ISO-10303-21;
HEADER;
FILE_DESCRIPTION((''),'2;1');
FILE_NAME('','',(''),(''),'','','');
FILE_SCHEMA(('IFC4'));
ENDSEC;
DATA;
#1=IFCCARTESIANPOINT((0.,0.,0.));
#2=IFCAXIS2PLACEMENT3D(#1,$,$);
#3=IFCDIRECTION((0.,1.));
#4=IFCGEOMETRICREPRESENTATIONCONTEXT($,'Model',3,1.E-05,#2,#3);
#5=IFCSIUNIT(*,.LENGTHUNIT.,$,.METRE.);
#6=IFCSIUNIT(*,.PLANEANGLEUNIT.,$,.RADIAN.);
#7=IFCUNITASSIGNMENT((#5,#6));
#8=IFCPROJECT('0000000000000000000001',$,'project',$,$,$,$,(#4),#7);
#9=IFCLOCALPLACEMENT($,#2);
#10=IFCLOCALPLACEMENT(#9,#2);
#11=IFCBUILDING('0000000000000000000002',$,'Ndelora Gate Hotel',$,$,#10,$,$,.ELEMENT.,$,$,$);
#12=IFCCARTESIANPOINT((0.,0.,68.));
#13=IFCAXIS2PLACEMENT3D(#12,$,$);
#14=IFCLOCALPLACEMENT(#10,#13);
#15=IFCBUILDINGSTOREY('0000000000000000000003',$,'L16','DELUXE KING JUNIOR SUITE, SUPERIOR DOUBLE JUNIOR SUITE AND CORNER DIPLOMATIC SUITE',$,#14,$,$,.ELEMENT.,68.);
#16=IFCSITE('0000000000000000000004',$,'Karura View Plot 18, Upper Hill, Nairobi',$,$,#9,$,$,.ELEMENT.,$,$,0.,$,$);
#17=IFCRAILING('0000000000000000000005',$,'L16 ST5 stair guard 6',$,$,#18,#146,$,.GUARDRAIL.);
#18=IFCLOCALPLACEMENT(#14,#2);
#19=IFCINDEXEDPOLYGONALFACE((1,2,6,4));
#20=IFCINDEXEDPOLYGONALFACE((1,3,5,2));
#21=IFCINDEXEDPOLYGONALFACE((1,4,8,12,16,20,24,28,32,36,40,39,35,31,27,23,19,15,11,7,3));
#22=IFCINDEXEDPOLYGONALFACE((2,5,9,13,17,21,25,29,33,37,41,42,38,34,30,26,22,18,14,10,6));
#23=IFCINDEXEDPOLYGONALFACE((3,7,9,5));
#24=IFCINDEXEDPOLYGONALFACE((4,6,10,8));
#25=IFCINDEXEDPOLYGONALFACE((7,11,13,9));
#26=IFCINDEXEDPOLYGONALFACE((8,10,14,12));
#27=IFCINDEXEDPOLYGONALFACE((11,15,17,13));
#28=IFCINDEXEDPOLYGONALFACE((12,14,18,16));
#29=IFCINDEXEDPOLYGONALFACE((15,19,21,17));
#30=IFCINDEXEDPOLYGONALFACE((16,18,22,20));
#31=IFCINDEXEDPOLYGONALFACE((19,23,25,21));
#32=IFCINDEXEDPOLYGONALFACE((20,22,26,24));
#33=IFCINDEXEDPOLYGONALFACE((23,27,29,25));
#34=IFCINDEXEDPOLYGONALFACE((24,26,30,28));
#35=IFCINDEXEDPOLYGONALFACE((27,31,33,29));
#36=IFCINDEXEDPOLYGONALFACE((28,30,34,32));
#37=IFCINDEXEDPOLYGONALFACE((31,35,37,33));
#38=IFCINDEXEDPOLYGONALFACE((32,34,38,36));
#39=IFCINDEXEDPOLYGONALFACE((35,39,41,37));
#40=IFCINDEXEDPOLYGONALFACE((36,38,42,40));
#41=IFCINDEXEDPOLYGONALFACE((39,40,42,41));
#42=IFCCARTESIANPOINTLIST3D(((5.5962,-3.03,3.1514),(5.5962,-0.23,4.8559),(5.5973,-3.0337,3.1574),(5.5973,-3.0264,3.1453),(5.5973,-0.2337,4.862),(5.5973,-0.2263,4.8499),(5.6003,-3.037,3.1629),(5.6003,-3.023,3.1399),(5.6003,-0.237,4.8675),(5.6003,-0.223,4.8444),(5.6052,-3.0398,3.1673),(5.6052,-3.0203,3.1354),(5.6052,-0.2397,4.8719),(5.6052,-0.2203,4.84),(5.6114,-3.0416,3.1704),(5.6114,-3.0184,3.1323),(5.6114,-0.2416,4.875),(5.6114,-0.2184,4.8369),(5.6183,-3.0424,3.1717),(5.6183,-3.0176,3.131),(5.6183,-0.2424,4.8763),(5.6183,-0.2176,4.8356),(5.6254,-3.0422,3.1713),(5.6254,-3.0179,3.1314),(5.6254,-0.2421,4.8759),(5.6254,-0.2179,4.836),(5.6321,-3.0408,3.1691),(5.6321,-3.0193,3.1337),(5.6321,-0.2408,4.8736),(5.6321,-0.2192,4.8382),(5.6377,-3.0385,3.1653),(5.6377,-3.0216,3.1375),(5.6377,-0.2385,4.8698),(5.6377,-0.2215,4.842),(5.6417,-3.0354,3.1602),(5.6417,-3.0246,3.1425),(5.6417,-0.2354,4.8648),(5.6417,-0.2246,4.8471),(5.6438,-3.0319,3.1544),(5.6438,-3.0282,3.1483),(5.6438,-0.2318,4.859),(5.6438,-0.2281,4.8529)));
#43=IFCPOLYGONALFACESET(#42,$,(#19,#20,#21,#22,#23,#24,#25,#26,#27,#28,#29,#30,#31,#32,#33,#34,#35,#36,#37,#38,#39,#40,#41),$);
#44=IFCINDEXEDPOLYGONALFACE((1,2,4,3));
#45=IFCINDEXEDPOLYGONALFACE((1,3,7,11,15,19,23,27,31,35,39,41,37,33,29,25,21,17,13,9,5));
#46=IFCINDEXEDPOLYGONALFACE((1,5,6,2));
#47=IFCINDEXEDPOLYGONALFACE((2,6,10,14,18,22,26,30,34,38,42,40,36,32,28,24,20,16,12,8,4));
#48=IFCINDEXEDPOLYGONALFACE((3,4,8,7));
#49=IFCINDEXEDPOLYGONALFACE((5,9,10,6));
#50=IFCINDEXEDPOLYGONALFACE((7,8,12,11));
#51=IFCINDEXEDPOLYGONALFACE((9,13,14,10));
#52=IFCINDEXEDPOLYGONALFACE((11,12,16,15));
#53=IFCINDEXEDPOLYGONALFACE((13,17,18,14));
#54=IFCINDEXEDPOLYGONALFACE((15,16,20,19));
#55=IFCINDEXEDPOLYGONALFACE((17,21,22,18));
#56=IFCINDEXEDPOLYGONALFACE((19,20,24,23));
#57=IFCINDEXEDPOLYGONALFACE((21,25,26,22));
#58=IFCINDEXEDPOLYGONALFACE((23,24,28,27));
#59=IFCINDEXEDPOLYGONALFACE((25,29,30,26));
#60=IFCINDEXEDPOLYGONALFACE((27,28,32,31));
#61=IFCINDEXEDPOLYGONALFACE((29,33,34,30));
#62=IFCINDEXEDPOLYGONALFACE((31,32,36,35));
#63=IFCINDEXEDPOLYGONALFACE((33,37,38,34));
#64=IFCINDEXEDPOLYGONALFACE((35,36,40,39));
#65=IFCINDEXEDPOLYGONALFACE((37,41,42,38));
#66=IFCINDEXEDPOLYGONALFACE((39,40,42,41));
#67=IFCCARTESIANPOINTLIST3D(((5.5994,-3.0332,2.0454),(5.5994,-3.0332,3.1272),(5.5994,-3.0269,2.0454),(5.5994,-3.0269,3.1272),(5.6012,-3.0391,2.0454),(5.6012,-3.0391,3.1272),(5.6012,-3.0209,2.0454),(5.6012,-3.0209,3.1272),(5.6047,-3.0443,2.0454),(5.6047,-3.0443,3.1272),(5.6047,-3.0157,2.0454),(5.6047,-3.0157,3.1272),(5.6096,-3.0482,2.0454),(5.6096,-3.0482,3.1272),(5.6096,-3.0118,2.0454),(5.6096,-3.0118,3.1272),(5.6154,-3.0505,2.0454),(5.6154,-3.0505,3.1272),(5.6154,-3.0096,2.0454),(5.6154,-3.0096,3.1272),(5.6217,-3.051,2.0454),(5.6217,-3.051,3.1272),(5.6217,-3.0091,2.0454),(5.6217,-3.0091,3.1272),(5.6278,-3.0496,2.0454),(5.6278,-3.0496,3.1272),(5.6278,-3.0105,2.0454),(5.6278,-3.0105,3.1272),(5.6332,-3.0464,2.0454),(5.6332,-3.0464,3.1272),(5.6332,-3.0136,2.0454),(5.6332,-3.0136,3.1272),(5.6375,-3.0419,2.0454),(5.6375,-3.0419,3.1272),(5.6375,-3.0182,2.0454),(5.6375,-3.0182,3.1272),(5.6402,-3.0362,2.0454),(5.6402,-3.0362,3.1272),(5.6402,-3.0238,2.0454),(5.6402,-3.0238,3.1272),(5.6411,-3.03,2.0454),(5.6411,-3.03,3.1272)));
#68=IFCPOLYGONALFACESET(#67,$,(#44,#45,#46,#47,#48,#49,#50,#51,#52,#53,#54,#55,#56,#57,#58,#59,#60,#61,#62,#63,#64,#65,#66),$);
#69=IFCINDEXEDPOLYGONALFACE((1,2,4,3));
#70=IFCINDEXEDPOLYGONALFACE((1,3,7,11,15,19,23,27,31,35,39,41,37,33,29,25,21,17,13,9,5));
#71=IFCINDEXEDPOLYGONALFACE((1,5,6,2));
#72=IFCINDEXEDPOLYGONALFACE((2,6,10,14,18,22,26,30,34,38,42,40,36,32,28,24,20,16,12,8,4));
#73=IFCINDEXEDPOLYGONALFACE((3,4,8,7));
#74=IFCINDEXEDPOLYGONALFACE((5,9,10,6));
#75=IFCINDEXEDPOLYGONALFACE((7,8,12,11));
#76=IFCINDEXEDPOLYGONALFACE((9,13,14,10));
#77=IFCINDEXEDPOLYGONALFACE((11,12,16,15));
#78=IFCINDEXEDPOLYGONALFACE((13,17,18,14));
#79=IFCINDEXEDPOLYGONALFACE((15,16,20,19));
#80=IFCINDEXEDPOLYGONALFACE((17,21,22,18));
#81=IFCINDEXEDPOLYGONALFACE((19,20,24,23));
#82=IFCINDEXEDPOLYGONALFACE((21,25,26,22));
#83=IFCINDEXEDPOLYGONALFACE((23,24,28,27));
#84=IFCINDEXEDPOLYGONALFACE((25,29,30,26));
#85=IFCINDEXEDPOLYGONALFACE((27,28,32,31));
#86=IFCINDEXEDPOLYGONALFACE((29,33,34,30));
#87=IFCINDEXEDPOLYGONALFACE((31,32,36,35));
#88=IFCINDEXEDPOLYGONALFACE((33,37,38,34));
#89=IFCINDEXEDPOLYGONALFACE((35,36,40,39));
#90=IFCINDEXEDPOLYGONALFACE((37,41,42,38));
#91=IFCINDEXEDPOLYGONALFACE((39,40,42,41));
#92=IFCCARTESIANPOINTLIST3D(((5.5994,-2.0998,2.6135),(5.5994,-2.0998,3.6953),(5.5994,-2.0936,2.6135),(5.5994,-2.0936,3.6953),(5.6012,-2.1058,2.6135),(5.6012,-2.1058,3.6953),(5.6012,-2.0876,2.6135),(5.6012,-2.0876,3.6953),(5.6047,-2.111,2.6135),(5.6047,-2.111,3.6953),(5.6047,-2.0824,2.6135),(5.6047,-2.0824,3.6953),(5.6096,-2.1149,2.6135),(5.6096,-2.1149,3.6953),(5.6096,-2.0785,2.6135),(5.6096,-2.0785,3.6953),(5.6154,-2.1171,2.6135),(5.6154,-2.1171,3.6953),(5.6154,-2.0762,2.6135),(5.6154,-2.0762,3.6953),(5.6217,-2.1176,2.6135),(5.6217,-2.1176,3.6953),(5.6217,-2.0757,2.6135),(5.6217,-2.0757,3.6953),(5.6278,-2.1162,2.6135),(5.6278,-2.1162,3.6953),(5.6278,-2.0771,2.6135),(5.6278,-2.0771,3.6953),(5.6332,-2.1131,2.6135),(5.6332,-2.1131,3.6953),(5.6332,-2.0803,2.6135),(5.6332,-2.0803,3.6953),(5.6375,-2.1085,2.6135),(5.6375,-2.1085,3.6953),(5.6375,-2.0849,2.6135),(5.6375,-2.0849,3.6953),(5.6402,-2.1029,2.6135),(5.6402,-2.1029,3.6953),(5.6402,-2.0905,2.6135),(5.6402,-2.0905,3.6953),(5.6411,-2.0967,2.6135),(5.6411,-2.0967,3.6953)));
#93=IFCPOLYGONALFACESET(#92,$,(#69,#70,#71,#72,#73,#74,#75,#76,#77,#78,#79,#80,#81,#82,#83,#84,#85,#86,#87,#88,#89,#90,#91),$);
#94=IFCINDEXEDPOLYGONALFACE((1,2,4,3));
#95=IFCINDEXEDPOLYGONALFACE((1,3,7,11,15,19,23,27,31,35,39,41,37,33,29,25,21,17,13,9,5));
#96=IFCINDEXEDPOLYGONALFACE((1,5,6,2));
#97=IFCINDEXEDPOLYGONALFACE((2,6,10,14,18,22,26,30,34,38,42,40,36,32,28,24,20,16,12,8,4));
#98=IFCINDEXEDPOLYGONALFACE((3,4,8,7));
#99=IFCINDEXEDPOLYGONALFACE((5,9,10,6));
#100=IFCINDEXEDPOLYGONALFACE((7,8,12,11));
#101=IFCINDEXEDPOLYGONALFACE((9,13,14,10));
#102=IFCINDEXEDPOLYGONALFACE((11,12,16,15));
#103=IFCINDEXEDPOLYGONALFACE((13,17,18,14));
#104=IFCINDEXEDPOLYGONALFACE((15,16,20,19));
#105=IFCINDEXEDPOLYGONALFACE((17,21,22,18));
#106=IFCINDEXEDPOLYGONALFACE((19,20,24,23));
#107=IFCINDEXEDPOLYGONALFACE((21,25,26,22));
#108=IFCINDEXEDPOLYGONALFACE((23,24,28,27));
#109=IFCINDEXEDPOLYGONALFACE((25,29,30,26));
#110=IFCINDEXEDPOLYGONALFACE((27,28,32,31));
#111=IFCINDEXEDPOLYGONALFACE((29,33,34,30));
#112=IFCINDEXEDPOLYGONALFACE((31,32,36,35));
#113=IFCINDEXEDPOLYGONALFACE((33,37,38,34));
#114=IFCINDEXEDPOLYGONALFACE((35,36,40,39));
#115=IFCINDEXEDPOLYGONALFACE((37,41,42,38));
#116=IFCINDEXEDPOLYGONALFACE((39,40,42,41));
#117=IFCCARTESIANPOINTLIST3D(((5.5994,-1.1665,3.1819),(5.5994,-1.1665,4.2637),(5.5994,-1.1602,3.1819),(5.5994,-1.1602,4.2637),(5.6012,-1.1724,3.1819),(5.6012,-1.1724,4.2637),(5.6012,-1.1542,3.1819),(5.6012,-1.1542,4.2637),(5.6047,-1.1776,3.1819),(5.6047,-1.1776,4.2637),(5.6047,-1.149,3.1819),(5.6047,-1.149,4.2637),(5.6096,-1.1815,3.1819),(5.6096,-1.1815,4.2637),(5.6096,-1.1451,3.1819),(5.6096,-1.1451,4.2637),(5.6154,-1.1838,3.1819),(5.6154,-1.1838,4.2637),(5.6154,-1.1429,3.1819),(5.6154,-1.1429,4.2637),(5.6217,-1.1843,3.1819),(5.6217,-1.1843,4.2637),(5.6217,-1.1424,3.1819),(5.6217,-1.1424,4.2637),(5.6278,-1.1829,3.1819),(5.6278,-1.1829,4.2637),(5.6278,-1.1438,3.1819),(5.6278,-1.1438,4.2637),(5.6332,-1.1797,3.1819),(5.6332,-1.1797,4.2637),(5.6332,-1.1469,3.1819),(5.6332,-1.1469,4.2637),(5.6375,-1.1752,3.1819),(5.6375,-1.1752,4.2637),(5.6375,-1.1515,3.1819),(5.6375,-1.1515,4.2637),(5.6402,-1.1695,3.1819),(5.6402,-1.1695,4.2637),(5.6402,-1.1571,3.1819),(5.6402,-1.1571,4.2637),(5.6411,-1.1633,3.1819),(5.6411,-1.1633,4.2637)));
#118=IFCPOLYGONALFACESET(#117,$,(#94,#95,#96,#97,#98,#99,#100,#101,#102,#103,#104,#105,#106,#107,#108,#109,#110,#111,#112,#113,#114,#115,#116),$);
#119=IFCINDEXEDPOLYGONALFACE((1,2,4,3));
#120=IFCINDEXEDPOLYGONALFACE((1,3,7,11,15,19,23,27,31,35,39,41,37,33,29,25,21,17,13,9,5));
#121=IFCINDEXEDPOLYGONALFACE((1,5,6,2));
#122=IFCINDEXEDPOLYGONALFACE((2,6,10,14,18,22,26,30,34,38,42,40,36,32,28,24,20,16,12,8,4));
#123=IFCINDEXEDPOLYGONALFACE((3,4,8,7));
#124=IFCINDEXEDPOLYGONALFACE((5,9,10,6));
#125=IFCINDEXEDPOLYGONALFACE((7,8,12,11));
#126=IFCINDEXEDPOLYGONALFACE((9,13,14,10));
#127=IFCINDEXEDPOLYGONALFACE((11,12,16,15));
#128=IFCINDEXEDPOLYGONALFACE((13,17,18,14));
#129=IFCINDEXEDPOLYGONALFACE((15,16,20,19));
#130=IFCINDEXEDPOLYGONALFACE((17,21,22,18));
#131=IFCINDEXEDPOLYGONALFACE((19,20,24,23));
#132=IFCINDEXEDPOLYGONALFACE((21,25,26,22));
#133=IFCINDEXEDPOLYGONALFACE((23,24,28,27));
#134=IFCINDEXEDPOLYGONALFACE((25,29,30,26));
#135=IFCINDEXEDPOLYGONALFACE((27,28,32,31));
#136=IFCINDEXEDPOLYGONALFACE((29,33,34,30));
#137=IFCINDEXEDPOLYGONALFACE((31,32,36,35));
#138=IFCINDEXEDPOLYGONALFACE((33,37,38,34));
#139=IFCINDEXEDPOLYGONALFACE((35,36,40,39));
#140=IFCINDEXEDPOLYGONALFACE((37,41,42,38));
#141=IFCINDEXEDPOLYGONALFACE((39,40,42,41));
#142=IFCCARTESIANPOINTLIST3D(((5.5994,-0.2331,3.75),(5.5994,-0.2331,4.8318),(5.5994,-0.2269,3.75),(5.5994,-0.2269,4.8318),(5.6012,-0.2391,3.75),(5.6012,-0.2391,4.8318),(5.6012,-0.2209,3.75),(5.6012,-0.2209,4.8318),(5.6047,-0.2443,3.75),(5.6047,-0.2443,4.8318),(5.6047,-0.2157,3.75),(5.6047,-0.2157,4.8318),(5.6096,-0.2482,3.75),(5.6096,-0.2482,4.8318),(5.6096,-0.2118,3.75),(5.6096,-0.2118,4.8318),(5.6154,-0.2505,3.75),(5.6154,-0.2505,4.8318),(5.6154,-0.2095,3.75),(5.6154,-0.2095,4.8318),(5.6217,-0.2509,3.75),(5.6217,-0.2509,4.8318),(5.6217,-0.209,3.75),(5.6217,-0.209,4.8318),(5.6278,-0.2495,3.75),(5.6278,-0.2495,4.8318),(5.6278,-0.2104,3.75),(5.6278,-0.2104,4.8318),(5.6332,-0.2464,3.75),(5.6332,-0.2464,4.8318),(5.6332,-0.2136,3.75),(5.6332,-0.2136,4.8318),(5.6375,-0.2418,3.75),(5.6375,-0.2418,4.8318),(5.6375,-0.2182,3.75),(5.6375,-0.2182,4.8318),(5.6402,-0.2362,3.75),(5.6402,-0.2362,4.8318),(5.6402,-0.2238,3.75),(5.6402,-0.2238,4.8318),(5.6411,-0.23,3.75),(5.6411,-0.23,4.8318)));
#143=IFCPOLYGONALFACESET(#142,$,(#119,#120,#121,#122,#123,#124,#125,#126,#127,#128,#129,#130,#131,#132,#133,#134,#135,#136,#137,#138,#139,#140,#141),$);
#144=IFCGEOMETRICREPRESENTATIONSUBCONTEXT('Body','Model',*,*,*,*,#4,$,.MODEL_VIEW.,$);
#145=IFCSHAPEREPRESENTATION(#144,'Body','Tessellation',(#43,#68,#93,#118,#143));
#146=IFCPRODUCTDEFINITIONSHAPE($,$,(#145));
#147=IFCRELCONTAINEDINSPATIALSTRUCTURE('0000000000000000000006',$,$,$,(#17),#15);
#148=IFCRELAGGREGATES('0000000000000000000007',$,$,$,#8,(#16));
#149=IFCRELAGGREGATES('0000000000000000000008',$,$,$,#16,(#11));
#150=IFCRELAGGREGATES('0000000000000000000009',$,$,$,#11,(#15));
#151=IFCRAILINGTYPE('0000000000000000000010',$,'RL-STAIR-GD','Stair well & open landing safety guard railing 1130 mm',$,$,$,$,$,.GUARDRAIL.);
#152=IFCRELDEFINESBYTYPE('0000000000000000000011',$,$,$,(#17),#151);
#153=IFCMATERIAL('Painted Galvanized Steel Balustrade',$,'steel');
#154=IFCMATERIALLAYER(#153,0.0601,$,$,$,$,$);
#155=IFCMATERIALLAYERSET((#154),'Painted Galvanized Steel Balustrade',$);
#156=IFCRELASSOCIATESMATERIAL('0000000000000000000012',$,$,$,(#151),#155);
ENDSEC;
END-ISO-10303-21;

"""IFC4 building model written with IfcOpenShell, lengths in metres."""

from ifc_helpers import new_model, si_unit, direction, frame, origin, origin_2d, place, context, subcontext, project, spatial, circle, extrude, material, layer, layer_set, type_object, element, save


model = new_model("IFC4")

# Units and contexts
model_context = context("Model", 3, precision=1e-05, world=origin(), true_north=direction((0.0, 1.0)))
body_context = subcontext(model_context, "Body", "Model", "MODEL_VIEW")
ifc_project = project(units=[si_unit("LENGTHUNIT", "METRE"), si_unit("PLANEANGLEUNIT", "RADIAN")], contexts=[model_context])

# Site, building, storey
site_placement = place(None, origin())
site = spatial("IfcSite", under=ifc_project, at=site_placement, Name="Karura View Plot 18, Upper Hill, Nairobi", CompositionType="ELEMENT", RefElevation=0.0)
building_placement = place(site_placement, origin())
building = spatial("IfcBuilding", under=site, at=building_placement, Name="Ndelora Gate Hotel", CompositionType="ELEMENT")
storey_placement = place(building_placement, frame((0.0, 0.0, 68.0)))
storey = spatial("IfcBuildingStorey", under=building, at=storey_placement, Name="L16", Description="DELUXE KING JUNIOR SUITE, SUPERIOR DOUBLE JUNIOR SUITE AND CORNER DIPLOMATIC SUITE", CompositionType="ELEMENT", Elevation=68.0)

# Railing
ifc_material_1 = material(Name="Painted Galvanized Steel Balustrade", Category="steel")
ifc_layer_1 = layer(ifc_material_1, 0.0601)
ifc_layer_set_1 = layer_set([ifc_layer_1], Name="Painted Galvanized Steel Balustrade")
railing_type = type_object("IfcRailingType", Name="RL-STAIR-GD", Description="Stair well & open landing safety guard railing 1130 mm", PredefinedType="GUARDRAIL", material=ifc_layer_set_1)
railing_1_placement = place(storey_placement, frame((5.6201, -3.03, 2.0454)))
element("IfcRailing", 1, at=railing_1_placement, inside=storey, type_object=railing_type, Name="L16 ST5 stair guard 6", PredefinedType="GUARDRAIL", context=body_context, shape_type="SweptSolid", body=[
    extrude(circle(Radius=0.0239, at=origin_2d()), frame((0.0, 0.0, 1.106), z_axis=(0.0, 0.85417, 0.519994), x_axis=(-1.0, 0.0, 0.0)), (0.0, 0.0, 1.0), 3.2781),
    extrude(circle(Radius=0.021, at=origin_2d()), origin(), (0.0, 0.0, 1.0), 1.0818),
    extrude(circle(Radius=0.021, at=origin_2d()), frame((0.0, 0.9333, 0.5681)), (0.0, 0.0, 1.0), 1.0818),
    extrude(circle(Radius=0.021, at=origin_2d()), frame((0.0, 1.8667, 1.1365)), (0.0, 0.0, 1.0), 1.0818),
    extrude(circle(Radius=0.021, at=origin_2d()), frame((0.0, 2.8, 1.7046)), (0.0, 0.0, 1.0), 1.0818),
])

save(model, "model.ifc")
